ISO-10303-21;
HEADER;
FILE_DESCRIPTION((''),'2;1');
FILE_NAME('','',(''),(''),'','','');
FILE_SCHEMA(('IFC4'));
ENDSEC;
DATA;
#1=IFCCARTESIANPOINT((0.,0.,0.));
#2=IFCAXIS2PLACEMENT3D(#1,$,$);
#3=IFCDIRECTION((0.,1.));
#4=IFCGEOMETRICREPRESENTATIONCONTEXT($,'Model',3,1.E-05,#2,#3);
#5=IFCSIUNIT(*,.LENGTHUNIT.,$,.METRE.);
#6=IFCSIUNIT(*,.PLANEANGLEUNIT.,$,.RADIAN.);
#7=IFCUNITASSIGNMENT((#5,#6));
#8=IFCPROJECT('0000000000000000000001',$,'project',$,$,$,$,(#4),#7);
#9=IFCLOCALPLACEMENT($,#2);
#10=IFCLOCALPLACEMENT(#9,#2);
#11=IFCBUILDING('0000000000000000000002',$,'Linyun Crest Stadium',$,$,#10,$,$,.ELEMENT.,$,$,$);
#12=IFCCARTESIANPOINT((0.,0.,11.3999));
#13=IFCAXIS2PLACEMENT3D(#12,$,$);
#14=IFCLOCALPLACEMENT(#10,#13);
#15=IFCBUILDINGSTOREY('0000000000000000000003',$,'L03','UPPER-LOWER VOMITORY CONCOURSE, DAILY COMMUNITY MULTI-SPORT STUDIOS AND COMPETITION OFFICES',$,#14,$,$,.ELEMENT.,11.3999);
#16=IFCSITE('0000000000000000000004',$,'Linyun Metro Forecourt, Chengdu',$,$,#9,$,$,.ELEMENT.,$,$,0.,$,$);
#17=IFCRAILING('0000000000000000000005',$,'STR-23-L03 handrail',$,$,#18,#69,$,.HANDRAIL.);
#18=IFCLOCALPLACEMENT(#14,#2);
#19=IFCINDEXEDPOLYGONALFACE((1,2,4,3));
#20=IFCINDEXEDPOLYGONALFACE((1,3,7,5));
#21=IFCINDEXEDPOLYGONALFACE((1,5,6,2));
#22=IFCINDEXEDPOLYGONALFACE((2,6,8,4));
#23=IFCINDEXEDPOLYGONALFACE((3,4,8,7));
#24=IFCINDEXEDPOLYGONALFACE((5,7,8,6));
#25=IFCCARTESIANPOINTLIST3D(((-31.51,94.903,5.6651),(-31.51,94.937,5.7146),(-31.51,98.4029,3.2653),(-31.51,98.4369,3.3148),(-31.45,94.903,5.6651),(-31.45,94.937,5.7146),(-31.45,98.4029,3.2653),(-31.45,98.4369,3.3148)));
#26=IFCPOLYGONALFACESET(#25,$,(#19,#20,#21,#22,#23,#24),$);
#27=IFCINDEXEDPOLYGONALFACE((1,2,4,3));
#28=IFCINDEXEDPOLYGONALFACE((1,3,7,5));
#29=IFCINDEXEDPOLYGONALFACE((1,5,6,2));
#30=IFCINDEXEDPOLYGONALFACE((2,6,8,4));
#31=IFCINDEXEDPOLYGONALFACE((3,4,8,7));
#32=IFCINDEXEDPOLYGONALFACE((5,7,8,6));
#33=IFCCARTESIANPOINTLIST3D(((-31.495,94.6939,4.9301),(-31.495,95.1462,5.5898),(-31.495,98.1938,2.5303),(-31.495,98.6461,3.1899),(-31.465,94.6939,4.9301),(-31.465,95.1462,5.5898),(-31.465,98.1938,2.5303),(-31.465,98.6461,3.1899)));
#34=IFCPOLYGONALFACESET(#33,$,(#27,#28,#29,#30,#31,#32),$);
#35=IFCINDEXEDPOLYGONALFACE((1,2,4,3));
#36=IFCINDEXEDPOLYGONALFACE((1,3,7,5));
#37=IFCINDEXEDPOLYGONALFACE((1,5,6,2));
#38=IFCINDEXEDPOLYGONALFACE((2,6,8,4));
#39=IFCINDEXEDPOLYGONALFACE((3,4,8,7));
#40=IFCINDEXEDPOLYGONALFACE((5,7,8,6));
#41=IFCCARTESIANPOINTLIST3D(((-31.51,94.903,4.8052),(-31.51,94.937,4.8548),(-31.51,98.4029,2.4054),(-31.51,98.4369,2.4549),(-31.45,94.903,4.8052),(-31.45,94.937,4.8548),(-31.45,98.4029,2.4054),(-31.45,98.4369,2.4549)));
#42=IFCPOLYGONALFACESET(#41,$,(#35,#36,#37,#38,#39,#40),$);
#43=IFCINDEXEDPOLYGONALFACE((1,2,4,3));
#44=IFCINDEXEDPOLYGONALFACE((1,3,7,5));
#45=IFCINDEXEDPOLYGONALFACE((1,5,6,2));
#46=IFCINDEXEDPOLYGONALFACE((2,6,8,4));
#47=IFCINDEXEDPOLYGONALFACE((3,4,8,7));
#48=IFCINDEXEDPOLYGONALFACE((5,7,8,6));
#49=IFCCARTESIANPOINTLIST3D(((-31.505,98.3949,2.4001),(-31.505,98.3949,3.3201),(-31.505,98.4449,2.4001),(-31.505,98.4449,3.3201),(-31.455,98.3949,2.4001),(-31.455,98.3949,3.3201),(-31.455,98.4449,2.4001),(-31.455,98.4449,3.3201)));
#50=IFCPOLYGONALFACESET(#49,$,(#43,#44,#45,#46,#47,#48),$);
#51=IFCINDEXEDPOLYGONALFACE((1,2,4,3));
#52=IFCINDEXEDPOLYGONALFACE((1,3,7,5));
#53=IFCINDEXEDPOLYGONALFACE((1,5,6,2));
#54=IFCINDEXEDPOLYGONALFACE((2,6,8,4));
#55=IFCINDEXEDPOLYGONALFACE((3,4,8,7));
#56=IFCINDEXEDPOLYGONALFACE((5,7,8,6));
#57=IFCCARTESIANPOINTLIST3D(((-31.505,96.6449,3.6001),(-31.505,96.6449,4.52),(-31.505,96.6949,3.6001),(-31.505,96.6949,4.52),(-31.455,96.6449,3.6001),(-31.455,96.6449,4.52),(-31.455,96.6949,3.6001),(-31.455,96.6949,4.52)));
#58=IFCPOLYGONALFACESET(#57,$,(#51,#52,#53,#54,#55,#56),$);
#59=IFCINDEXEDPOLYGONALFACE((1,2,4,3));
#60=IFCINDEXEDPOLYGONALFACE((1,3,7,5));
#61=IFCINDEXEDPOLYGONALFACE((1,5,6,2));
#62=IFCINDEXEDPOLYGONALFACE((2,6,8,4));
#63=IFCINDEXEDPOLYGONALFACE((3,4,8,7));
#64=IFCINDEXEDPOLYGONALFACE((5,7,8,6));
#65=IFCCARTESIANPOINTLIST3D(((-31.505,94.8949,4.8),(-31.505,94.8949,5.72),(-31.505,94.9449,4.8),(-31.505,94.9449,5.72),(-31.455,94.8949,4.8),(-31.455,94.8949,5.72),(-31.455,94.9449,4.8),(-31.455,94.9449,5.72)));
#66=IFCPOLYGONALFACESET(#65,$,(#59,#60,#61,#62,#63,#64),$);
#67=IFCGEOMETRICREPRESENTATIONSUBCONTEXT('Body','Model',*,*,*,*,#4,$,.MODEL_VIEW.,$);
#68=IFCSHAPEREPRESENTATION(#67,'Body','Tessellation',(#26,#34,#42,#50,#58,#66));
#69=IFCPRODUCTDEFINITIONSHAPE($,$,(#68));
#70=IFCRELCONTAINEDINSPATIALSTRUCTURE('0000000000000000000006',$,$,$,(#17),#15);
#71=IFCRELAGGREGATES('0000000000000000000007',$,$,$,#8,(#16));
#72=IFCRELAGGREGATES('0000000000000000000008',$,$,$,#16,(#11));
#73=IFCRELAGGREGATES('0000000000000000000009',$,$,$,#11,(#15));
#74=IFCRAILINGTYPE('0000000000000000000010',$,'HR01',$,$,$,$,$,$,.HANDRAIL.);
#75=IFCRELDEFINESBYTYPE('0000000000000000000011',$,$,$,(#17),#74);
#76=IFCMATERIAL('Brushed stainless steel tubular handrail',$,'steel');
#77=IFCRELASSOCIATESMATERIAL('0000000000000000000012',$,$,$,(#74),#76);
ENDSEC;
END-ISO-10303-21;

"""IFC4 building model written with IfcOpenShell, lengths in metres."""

from ifc_helpers import new_model, si_unit, direction, frame, origin, origin_2d, place, context, subcontext, project, spatial, rectangle, extrude, material, type_object, element, save


model = new_model("IFC4")

# Units and contexts
model_context = context("Model", 3, precision=1e-05, world=origin(), true_north=direction((0.0, 1.0)))
body_context = subcontext(model_context, "Body", "Model", "MODEL_VIEW")
ifc_project = project(units=[si_unit("LENGTHUNIT", "METRE"), si_unit("PLANEANGLEUNIT", "RADIAN")], contexts=[model_context])

# Site, building, storey
site_placement = place(None, origin())
site = spatial("IfcSite", under=ifc_project, at=site_placement, Name="Linyun Metro Forecourt, Chengdu", CompositionType="ELEMENT", RefElevation=0.0)
building_placement = place(site_placement, origin())
building = spatial("IfcBuilding", under=site, at=building_placement, Name="Linyun Crest Stadium", CompositionType="ELEMENT")
storey_placement = place(building_placement, frame((0.0, 0.0, 11.3999)))
storey = spatial("IfcBuildingStorey", under=building, at=storey_placement, Name="L03", Description="UPPER-LOWER VOMITORY CONCOURSE, DAILY COMMUNITY MULTI-SPORT STUDIOS AND COMPETITION OFFICES", CompositionType="ELEMENT", Elevation=11.3999)

# Railing
ifc_material_1 = material(Name="Brushed stainless steel tubular handrail", Category="steel")
railing_type_1 = type_object("IfcRailingType", Name="HR01", PredefinedType="HANDRAIL", material=ifc_material_1)
railing_1_placement = place(storey_placement, frame((-31.48, 98.4199, 2.4001)))
element("IfcRailing", 1, at=railing_1_placement, inside=storey, type_object=railing_type_1, Name="STR-23-L03 handrail", PredefinedType="HANDRAIL", context=body_context, shape_type="SweptSolid", body=[
    extrude(rectangle(XDim=0.0601, YDim=0.0601, at=origin_2d()), frame((0.0, 0.0, 0.8899), z_axis=(0.0, -0.82474, 0.565513), x_axis=(1.0, 0.0, 0.0)), (0.0, 0.0, 1.0), 4.2437),
    extrude(rectangle(XDim=0.03, YDim=0.7998, at=origin_2d()), frame((0.0, 0.0, 0.46), z_axis=(0.0, -0.82474, 0.565513), x_axis=(1.0, 0.0, 0.0)), (0.0, 0.0, 1.0), 4.2437),
    extrude(rectangle(XDim=0.0601, YDim=0.0601, at=origin_2d()), frame((0.0, 0.0, 0.03), z_axis=(0.0, -0.82474, 0.565513), x_axis=(1.0, 0.0, 0.0)), (0.0, 0.0, 1.0), 4.2437),
    extrude(rectangle(XDim=0.05, YDim=0.05, at=origin_2d()), origin(), (0.0, 0.0, 1.0), 0.9199),
    extrude(rectangle(XDim=0.05, YDim=0.05, at=origin_2d()), frame((0.0, -1.75, 1.2)), (0.0, 0.0, 1.0), 0.9199),
    extrude(rectangle(XDim=0.05, YDim=0.05, at=origin_2d()), frame((0.0, -3.5, 2.3999)), (0.0, 0.0, 1.0), 0.9199),
])

save(model, "model.ifc")
